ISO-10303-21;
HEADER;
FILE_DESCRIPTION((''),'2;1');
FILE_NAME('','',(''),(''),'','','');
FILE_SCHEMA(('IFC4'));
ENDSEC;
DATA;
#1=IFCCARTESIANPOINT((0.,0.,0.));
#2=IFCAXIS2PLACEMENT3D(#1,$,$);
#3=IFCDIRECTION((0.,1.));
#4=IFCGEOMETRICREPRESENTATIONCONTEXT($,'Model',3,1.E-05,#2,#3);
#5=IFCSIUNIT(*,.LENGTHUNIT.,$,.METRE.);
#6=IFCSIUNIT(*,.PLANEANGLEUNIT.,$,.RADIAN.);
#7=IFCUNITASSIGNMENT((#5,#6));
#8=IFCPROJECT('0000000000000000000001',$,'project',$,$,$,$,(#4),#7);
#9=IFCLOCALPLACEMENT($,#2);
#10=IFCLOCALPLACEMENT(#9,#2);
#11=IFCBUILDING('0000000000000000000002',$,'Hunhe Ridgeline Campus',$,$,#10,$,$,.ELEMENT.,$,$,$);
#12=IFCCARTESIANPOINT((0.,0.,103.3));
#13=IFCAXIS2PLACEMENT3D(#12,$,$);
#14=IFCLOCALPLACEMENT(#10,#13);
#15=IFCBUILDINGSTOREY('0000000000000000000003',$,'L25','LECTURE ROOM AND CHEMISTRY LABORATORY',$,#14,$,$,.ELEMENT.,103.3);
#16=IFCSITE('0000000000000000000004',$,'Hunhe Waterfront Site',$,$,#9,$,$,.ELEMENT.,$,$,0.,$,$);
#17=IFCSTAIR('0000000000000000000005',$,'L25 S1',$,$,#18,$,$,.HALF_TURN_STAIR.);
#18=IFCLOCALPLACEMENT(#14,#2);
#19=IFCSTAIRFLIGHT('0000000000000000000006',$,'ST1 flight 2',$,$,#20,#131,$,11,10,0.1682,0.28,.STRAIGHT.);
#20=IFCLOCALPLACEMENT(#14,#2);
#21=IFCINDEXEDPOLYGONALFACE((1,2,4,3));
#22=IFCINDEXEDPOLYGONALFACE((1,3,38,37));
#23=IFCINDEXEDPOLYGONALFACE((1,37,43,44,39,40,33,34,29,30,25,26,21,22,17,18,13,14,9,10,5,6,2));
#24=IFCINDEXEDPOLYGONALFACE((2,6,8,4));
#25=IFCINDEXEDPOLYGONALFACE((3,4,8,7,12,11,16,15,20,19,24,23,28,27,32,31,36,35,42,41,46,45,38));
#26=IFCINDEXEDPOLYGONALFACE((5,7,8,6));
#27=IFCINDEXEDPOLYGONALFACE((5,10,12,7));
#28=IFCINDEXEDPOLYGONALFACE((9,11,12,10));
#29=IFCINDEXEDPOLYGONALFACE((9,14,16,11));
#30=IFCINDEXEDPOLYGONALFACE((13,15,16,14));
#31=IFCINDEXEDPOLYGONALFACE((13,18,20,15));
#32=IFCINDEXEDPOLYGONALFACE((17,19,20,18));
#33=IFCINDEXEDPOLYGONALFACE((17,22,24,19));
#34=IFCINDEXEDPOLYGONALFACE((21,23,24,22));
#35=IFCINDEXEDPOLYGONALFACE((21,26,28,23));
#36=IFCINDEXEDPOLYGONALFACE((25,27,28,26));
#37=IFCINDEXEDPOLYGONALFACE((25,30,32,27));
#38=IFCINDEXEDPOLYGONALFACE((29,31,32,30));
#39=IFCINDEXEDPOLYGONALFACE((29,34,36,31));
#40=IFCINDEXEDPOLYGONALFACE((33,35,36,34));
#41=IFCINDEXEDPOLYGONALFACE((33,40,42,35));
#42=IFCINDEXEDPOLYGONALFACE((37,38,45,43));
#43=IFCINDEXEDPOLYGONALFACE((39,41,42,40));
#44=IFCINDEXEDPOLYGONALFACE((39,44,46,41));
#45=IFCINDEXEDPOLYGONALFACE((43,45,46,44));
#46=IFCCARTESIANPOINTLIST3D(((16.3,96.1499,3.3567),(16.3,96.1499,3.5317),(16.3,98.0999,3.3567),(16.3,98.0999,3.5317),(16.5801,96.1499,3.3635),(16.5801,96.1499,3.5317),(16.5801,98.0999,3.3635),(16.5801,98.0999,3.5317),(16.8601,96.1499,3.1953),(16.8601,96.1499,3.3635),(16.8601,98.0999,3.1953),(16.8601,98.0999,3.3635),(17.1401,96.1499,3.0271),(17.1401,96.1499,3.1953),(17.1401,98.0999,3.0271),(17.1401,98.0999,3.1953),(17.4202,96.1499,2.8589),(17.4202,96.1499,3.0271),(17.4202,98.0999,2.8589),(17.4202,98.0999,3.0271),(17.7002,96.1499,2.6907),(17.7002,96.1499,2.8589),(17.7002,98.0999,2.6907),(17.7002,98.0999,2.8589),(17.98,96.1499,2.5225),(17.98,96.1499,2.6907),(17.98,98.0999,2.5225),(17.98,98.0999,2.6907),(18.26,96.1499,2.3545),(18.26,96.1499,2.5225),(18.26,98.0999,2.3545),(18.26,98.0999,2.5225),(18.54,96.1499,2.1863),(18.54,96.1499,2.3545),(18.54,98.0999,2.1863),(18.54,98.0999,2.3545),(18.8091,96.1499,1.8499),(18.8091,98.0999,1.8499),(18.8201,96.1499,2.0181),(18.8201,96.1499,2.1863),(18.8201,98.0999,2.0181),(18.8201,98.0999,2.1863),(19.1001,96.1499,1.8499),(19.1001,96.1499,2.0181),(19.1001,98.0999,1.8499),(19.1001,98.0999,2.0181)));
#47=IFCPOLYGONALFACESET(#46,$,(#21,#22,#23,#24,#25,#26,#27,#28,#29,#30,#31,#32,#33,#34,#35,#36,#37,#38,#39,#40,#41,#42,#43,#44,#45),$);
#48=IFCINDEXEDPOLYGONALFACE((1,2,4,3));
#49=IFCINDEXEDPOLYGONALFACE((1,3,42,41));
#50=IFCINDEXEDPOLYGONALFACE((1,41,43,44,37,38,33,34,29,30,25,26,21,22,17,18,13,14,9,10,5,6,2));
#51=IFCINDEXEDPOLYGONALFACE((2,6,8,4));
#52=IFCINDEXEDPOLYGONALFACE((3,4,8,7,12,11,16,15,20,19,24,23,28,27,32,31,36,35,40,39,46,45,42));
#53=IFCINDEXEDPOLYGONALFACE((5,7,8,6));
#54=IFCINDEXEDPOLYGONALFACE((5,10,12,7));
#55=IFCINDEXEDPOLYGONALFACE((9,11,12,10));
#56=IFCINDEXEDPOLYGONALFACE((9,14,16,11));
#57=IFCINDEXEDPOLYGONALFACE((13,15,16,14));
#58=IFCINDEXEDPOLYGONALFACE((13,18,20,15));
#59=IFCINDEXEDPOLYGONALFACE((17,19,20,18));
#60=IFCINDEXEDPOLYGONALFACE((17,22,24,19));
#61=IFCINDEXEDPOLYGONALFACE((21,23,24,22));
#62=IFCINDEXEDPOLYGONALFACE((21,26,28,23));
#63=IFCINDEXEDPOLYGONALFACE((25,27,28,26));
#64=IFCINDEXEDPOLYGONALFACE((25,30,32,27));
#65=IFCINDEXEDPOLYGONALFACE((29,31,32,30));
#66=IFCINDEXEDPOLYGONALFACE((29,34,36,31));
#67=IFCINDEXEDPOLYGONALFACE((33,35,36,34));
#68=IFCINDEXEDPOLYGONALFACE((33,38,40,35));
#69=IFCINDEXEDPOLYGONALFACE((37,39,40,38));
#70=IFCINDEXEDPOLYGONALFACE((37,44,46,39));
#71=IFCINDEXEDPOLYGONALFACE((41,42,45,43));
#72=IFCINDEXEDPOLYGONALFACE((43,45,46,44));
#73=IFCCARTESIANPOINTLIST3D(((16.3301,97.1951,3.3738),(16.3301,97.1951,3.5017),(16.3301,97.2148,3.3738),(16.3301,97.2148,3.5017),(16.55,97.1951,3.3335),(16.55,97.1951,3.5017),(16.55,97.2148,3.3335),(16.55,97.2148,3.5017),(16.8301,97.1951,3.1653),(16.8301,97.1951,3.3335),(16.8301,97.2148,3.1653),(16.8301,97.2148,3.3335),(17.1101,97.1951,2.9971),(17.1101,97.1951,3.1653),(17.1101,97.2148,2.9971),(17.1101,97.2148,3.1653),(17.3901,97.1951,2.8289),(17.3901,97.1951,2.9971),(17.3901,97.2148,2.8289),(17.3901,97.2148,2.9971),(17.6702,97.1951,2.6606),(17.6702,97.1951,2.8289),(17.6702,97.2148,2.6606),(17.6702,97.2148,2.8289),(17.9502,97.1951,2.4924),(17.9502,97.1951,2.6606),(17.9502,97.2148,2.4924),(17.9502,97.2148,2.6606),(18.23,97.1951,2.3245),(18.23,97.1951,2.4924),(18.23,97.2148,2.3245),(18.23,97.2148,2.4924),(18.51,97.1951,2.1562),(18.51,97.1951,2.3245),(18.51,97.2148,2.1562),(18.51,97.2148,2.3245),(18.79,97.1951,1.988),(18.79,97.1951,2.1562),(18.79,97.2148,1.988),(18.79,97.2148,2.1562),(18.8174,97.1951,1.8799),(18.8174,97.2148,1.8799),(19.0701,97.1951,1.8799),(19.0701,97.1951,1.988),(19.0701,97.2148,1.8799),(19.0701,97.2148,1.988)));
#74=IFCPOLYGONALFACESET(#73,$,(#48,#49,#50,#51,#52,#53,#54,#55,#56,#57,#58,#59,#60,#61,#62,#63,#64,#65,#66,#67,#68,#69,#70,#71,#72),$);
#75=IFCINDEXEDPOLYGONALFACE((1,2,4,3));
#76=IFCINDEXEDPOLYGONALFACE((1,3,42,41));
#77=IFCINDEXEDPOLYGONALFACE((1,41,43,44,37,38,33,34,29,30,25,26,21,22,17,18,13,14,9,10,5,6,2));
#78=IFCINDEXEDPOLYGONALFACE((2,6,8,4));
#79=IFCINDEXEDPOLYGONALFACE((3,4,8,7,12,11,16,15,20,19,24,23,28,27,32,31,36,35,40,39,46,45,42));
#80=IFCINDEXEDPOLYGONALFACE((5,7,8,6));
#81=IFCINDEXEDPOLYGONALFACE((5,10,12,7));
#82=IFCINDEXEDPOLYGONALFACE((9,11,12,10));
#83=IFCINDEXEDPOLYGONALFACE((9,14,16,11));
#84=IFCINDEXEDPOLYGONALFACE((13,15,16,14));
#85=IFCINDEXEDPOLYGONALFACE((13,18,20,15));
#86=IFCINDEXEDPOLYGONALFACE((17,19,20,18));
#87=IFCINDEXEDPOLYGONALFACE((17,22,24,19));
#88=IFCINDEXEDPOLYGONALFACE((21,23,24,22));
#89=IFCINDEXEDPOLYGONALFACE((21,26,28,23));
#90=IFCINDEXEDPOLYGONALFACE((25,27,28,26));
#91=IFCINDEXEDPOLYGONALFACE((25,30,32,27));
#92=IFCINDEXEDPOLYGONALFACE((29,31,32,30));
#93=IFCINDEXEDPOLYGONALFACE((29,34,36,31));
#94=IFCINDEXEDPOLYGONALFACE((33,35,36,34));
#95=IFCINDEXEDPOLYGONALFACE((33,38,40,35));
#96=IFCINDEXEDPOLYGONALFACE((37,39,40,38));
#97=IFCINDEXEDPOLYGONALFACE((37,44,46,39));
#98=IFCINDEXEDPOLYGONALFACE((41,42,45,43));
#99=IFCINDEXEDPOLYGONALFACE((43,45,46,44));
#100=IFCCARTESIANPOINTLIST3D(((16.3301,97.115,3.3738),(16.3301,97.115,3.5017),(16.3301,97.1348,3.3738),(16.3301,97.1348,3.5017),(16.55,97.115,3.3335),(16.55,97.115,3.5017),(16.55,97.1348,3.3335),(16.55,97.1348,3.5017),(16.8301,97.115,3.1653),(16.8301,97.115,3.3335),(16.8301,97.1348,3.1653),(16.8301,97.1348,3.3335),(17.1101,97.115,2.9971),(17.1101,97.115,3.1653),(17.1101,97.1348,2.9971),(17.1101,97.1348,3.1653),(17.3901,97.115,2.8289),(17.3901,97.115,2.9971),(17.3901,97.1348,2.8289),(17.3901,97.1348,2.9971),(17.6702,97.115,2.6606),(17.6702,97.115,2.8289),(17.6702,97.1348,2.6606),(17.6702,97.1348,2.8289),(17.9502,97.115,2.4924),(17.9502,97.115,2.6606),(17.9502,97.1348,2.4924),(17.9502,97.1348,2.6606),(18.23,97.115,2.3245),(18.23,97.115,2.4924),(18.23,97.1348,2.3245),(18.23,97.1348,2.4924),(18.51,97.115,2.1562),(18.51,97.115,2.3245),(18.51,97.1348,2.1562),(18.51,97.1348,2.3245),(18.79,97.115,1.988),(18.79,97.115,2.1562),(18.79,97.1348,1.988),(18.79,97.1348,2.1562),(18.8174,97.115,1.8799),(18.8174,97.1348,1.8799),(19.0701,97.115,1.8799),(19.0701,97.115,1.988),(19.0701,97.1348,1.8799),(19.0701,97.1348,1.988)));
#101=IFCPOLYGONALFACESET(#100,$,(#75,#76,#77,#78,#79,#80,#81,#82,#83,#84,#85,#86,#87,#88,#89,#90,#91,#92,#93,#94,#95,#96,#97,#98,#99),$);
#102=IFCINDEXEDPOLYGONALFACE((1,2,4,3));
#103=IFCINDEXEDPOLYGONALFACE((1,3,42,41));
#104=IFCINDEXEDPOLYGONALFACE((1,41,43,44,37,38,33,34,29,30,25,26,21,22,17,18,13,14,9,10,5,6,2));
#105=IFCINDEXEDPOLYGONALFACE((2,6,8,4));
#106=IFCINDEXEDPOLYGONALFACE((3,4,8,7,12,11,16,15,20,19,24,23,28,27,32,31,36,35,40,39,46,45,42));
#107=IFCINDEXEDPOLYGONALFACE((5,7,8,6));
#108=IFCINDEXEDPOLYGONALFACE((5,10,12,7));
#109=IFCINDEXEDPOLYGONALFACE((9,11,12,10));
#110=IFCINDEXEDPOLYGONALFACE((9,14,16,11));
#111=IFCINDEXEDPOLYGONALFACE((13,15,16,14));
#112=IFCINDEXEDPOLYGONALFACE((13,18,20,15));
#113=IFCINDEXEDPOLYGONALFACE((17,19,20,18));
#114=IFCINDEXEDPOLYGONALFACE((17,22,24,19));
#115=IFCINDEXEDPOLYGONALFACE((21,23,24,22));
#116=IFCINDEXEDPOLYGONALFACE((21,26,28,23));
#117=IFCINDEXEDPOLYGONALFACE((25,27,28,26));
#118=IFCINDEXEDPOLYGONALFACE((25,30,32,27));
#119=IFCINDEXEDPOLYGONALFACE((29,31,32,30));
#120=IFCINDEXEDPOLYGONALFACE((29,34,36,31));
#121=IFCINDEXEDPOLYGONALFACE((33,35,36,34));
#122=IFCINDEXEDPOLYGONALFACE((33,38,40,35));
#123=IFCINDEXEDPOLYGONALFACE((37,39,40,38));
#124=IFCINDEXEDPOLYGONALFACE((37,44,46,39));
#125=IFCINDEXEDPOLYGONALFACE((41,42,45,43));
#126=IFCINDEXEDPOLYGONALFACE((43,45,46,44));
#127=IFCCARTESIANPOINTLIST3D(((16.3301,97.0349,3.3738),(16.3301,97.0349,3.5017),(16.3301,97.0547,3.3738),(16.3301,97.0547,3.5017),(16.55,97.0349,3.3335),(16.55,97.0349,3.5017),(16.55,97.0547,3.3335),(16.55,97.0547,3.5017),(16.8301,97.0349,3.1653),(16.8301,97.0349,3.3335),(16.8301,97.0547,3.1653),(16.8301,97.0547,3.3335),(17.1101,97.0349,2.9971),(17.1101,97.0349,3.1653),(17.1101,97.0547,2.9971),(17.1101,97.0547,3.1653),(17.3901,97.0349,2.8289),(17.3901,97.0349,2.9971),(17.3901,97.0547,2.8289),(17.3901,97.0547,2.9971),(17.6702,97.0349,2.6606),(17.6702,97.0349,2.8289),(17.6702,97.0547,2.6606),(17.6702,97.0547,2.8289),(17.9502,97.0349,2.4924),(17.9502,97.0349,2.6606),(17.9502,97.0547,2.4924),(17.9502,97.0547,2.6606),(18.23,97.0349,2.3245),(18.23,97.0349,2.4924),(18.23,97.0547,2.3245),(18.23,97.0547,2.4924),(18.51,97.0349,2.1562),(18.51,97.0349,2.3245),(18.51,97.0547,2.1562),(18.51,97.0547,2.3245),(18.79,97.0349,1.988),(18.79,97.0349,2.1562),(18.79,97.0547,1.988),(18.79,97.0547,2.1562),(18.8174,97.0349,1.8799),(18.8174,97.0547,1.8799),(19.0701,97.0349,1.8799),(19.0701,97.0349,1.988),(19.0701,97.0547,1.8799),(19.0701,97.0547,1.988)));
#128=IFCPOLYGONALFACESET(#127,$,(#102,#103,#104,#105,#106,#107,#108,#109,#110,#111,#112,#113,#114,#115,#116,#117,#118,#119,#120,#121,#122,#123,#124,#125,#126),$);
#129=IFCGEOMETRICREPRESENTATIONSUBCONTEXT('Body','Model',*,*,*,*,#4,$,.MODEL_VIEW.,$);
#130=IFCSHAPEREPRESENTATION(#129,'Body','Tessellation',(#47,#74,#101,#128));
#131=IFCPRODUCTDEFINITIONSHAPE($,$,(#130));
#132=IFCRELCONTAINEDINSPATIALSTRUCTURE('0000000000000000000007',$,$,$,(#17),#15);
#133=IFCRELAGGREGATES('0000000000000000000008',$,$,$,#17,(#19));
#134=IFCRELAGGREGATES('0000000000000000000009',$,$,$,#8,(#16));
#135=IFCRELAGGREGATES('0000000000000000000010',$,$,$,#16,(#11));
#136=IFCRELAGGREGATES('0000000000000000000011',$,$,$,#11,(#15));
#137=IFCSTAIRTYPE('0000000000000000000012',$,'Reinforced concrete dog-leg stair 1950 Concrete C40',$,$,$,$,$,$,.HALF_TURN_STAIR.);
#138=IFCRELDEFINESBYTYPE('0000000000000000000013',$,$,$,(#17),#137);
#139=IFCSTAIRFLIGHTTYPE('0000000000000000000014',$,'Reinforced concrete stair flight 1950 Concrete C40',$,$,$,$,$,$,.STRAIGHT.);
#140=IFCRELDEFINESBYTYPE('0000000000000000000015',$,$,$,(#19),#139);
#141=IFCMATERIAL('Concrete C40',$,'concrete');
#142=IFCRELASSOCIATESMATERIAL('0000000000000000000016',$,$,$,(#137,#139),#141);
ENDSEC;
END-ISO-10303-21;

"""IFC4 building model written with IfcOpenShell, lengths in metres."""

from ifc_helpers import new_model, si_unit, direction, frame, origin, place, context, subcontext, project, spatial, polyline, outline, extrude, material, type_object, element, aggregate, save


model = new_model("IFC4")

# Units and contexts
model_context = context("Model", 3, precision=1e-05, world=origin(), true_north=direction((0.0, 1.0)))
body_context = subcontext(model_context, "Body", "Model", "MODEL_VIEW")
ifc_project = project(units=[si_unit("LENGTHUNIT", "METRE"), si_unit("PLANEANGLEUNIT", "RADIAN")], contexts=[model_context])

# Site, building, storey
site_placement = place(None, origin())
site = spatial("IfcSite", under=ifc_project, at=site_placement, Name="Hunhe Waterfront Site", CompositionType="ELEMENT", RefElevation=0.0)
building_placement = place(site_placement, origin())
building = spatial("IfcBuilding", under=site, at=building_placement, Name="Hunhe Ridgeline Campus", CompositionType="ELEMENT")
storey_placement = place(building_placement, frame((0.0, 0.0, 103.3)))
storey = spatial("IfcBuildingStorey", under=building, at=storey_placement, Name="L25", Description="LECTURE ROOM AND CHEMISTRY LABORATORY", CompositionType="ELEMENT", Elevation=103.3)

# Stair, stair flight
ifc_material_1 = material(Name="Concrete C40", Category="concrete")
stair_type = type_object("IfcStairType", Name="Reinforced concrete dog-leg stair 1950 Concrete C40", PredefinedType="HALF_TURN_STAIR", material=ifc_material_1)
stair_placement = place(storey_placement, origin())
stair = element("IfcStair", 1, at=stair_placement, inside=storey, type_object=stair_type, Name="L25 S1", PredefinedType="HALF_TURN_STAIR")
stair_flight_type = type_object("IfcStairFlightType", Name="Reinforced concrete stair flight 1950 Concrete C40", PredefinedType="STRAIGHT", material=ifc_material_1)
stair_flight_1_placement = place(storey_placement, frame((19.1001, 97.125, 1.8499), z_axis=(0.0, 0.0, 1.0), x_axis=(-1.0, 0.0, 0.0)))
stair_flight_1 = element("IfcStairFlight", 2, at=stair_flight_1_placement, type_object=stair_flight_type, Name="ST1 flight 2", NumberOfRisers=11, NumberOfTreads=10, PredefinedType="STRAIGHT", RiserHeight=0.1682, TreadLength=0.28, context=body_context, shape_type="SweptSolid", body=[
    extrude(outline(polyline([(0.0, 0.0), (0.0, 0.1682), (0.28, 0.1682), (0.28, 0.3364), (0.5601, 0.3364), (0.5601, 0.5046), (0.8401, 0.5046), (0.8401, 0.6726), (1.1201, 0.6726), (1.1201, 0.8408), (1.3999, 0.8408), (1.3999, 1.009), (1.6799, 1.009), (1.6799, 1.1772), (1.96, 1.1772), (1.96, 1.3455), (2.24, 1.3455), (2.24, 1.5137), (2.52, 1.5137), (2.52, 1.6819), (2.8, 1.6819), (2.8, 1.8501), (2.8, 1.5068), (0.291, 0.0), (0.0, 0.0)])), frame((0.0, 0.9751, 0.0), z_axis=(0.0, -1.0, 0.0), x_axis=(1.0, 0.0, 0.0)), (0.0, 0.0, 1.0), 1.95),
    extrude(outline(polyline([(0.03, 0.03), (0.03, 0.1382), (0.3101, 0.1382), (0.3101, 0.3064), (0.5901, 0.3064), (0.5901, 0.4746), (0.8701, 0.4746), (0.8701, 0.6426), (1.1499, 0.6426), (1.1499, 0.8108), (1.4299, 0.8108), (1.4299, 0.979), (1.71, 0.979), (1.71, 1.1472), (1.99, 1.1472), (1.99, 1.3154), (2.27, 1.3154), (2.27, 1.4836), (2.55, 1.4836), (2.55, 1.6519), (2.77, 1.6519), (2.77, 1.5239), (0.2827, 0.03), (0.03, 0.03)])), frame((0.0, -0.0701, 0.0), z_axis=(0.0, -1.0, 0.0), x_axis=(1.0, 0.0, 0.0)), (0.0, 0.0, 1.0), 0.0198),
    extrude(outline(polyline([(0.03, 0.03), (0.03, 0.1382), (0.3101, 0.1382), (0.3101, 0.3064), (0.5901, 0.3064), (0.5901, 0.4746), (0.8701, 0.4746), (0.8701, 0.6426), (1.1499, 0.6426), (1.1499, 0.8108), (1.4299, 0.8108), (1.4299, 0.979), (1.71, 0.979), (1.71, 1.1472), (1.99, 1.1472), (1.99, 1.3154), (2.27, 1.3154), (2.27, 1.4836), (2.55, 1.4836), (2.55, 1.6519), (2.77, 1.6519), (2.77, 1.5239), (0.2827, 0.03), (0.03, 0.03)])), frame((0.0, 0.01, 0.0), z_axis=(0.0, -1.0, 0.0), x_axis=(1.0, 0.0, 0.0)), (0.0, 0.0, 1.0), 0.0198),
    extrude(outline(polyline([(0.03, 0.03), (0.03, 0.1382), (0.3101, 0.1382), (0.3101, 0.3064), (0.5901, 0.3064), (0.5901, 0.4746), (0.8701, 0.4746), (0.8701, 0.6426), (1.1499, 0.6426), (1.1499, 0.8108), (1.4299, 0.8108), (1.4299, 0.979), (1.71, 0.979), (1.71, 1.1472), (1.99, 1.1472), (1.99, 1.3154), (2.27, 1.3154), (2.27, 1.4836), (2.55, 1.4836), (2.55, 1.6519), (2.77, 1.6519), (2.77, 1.5239), (0.2827, 0.03), (0.03, 0.03)])), frame((0.0, 0.0901, 0.0), z_axis=(0.0, -1.0, 0.0), x_axis=(1.0, 0.0, 0.0)), (0.0, 0.0, 1.0), 0.0198),
])
aggregate(stair, [stair_flight_1])

save(model, "model.ifc")
